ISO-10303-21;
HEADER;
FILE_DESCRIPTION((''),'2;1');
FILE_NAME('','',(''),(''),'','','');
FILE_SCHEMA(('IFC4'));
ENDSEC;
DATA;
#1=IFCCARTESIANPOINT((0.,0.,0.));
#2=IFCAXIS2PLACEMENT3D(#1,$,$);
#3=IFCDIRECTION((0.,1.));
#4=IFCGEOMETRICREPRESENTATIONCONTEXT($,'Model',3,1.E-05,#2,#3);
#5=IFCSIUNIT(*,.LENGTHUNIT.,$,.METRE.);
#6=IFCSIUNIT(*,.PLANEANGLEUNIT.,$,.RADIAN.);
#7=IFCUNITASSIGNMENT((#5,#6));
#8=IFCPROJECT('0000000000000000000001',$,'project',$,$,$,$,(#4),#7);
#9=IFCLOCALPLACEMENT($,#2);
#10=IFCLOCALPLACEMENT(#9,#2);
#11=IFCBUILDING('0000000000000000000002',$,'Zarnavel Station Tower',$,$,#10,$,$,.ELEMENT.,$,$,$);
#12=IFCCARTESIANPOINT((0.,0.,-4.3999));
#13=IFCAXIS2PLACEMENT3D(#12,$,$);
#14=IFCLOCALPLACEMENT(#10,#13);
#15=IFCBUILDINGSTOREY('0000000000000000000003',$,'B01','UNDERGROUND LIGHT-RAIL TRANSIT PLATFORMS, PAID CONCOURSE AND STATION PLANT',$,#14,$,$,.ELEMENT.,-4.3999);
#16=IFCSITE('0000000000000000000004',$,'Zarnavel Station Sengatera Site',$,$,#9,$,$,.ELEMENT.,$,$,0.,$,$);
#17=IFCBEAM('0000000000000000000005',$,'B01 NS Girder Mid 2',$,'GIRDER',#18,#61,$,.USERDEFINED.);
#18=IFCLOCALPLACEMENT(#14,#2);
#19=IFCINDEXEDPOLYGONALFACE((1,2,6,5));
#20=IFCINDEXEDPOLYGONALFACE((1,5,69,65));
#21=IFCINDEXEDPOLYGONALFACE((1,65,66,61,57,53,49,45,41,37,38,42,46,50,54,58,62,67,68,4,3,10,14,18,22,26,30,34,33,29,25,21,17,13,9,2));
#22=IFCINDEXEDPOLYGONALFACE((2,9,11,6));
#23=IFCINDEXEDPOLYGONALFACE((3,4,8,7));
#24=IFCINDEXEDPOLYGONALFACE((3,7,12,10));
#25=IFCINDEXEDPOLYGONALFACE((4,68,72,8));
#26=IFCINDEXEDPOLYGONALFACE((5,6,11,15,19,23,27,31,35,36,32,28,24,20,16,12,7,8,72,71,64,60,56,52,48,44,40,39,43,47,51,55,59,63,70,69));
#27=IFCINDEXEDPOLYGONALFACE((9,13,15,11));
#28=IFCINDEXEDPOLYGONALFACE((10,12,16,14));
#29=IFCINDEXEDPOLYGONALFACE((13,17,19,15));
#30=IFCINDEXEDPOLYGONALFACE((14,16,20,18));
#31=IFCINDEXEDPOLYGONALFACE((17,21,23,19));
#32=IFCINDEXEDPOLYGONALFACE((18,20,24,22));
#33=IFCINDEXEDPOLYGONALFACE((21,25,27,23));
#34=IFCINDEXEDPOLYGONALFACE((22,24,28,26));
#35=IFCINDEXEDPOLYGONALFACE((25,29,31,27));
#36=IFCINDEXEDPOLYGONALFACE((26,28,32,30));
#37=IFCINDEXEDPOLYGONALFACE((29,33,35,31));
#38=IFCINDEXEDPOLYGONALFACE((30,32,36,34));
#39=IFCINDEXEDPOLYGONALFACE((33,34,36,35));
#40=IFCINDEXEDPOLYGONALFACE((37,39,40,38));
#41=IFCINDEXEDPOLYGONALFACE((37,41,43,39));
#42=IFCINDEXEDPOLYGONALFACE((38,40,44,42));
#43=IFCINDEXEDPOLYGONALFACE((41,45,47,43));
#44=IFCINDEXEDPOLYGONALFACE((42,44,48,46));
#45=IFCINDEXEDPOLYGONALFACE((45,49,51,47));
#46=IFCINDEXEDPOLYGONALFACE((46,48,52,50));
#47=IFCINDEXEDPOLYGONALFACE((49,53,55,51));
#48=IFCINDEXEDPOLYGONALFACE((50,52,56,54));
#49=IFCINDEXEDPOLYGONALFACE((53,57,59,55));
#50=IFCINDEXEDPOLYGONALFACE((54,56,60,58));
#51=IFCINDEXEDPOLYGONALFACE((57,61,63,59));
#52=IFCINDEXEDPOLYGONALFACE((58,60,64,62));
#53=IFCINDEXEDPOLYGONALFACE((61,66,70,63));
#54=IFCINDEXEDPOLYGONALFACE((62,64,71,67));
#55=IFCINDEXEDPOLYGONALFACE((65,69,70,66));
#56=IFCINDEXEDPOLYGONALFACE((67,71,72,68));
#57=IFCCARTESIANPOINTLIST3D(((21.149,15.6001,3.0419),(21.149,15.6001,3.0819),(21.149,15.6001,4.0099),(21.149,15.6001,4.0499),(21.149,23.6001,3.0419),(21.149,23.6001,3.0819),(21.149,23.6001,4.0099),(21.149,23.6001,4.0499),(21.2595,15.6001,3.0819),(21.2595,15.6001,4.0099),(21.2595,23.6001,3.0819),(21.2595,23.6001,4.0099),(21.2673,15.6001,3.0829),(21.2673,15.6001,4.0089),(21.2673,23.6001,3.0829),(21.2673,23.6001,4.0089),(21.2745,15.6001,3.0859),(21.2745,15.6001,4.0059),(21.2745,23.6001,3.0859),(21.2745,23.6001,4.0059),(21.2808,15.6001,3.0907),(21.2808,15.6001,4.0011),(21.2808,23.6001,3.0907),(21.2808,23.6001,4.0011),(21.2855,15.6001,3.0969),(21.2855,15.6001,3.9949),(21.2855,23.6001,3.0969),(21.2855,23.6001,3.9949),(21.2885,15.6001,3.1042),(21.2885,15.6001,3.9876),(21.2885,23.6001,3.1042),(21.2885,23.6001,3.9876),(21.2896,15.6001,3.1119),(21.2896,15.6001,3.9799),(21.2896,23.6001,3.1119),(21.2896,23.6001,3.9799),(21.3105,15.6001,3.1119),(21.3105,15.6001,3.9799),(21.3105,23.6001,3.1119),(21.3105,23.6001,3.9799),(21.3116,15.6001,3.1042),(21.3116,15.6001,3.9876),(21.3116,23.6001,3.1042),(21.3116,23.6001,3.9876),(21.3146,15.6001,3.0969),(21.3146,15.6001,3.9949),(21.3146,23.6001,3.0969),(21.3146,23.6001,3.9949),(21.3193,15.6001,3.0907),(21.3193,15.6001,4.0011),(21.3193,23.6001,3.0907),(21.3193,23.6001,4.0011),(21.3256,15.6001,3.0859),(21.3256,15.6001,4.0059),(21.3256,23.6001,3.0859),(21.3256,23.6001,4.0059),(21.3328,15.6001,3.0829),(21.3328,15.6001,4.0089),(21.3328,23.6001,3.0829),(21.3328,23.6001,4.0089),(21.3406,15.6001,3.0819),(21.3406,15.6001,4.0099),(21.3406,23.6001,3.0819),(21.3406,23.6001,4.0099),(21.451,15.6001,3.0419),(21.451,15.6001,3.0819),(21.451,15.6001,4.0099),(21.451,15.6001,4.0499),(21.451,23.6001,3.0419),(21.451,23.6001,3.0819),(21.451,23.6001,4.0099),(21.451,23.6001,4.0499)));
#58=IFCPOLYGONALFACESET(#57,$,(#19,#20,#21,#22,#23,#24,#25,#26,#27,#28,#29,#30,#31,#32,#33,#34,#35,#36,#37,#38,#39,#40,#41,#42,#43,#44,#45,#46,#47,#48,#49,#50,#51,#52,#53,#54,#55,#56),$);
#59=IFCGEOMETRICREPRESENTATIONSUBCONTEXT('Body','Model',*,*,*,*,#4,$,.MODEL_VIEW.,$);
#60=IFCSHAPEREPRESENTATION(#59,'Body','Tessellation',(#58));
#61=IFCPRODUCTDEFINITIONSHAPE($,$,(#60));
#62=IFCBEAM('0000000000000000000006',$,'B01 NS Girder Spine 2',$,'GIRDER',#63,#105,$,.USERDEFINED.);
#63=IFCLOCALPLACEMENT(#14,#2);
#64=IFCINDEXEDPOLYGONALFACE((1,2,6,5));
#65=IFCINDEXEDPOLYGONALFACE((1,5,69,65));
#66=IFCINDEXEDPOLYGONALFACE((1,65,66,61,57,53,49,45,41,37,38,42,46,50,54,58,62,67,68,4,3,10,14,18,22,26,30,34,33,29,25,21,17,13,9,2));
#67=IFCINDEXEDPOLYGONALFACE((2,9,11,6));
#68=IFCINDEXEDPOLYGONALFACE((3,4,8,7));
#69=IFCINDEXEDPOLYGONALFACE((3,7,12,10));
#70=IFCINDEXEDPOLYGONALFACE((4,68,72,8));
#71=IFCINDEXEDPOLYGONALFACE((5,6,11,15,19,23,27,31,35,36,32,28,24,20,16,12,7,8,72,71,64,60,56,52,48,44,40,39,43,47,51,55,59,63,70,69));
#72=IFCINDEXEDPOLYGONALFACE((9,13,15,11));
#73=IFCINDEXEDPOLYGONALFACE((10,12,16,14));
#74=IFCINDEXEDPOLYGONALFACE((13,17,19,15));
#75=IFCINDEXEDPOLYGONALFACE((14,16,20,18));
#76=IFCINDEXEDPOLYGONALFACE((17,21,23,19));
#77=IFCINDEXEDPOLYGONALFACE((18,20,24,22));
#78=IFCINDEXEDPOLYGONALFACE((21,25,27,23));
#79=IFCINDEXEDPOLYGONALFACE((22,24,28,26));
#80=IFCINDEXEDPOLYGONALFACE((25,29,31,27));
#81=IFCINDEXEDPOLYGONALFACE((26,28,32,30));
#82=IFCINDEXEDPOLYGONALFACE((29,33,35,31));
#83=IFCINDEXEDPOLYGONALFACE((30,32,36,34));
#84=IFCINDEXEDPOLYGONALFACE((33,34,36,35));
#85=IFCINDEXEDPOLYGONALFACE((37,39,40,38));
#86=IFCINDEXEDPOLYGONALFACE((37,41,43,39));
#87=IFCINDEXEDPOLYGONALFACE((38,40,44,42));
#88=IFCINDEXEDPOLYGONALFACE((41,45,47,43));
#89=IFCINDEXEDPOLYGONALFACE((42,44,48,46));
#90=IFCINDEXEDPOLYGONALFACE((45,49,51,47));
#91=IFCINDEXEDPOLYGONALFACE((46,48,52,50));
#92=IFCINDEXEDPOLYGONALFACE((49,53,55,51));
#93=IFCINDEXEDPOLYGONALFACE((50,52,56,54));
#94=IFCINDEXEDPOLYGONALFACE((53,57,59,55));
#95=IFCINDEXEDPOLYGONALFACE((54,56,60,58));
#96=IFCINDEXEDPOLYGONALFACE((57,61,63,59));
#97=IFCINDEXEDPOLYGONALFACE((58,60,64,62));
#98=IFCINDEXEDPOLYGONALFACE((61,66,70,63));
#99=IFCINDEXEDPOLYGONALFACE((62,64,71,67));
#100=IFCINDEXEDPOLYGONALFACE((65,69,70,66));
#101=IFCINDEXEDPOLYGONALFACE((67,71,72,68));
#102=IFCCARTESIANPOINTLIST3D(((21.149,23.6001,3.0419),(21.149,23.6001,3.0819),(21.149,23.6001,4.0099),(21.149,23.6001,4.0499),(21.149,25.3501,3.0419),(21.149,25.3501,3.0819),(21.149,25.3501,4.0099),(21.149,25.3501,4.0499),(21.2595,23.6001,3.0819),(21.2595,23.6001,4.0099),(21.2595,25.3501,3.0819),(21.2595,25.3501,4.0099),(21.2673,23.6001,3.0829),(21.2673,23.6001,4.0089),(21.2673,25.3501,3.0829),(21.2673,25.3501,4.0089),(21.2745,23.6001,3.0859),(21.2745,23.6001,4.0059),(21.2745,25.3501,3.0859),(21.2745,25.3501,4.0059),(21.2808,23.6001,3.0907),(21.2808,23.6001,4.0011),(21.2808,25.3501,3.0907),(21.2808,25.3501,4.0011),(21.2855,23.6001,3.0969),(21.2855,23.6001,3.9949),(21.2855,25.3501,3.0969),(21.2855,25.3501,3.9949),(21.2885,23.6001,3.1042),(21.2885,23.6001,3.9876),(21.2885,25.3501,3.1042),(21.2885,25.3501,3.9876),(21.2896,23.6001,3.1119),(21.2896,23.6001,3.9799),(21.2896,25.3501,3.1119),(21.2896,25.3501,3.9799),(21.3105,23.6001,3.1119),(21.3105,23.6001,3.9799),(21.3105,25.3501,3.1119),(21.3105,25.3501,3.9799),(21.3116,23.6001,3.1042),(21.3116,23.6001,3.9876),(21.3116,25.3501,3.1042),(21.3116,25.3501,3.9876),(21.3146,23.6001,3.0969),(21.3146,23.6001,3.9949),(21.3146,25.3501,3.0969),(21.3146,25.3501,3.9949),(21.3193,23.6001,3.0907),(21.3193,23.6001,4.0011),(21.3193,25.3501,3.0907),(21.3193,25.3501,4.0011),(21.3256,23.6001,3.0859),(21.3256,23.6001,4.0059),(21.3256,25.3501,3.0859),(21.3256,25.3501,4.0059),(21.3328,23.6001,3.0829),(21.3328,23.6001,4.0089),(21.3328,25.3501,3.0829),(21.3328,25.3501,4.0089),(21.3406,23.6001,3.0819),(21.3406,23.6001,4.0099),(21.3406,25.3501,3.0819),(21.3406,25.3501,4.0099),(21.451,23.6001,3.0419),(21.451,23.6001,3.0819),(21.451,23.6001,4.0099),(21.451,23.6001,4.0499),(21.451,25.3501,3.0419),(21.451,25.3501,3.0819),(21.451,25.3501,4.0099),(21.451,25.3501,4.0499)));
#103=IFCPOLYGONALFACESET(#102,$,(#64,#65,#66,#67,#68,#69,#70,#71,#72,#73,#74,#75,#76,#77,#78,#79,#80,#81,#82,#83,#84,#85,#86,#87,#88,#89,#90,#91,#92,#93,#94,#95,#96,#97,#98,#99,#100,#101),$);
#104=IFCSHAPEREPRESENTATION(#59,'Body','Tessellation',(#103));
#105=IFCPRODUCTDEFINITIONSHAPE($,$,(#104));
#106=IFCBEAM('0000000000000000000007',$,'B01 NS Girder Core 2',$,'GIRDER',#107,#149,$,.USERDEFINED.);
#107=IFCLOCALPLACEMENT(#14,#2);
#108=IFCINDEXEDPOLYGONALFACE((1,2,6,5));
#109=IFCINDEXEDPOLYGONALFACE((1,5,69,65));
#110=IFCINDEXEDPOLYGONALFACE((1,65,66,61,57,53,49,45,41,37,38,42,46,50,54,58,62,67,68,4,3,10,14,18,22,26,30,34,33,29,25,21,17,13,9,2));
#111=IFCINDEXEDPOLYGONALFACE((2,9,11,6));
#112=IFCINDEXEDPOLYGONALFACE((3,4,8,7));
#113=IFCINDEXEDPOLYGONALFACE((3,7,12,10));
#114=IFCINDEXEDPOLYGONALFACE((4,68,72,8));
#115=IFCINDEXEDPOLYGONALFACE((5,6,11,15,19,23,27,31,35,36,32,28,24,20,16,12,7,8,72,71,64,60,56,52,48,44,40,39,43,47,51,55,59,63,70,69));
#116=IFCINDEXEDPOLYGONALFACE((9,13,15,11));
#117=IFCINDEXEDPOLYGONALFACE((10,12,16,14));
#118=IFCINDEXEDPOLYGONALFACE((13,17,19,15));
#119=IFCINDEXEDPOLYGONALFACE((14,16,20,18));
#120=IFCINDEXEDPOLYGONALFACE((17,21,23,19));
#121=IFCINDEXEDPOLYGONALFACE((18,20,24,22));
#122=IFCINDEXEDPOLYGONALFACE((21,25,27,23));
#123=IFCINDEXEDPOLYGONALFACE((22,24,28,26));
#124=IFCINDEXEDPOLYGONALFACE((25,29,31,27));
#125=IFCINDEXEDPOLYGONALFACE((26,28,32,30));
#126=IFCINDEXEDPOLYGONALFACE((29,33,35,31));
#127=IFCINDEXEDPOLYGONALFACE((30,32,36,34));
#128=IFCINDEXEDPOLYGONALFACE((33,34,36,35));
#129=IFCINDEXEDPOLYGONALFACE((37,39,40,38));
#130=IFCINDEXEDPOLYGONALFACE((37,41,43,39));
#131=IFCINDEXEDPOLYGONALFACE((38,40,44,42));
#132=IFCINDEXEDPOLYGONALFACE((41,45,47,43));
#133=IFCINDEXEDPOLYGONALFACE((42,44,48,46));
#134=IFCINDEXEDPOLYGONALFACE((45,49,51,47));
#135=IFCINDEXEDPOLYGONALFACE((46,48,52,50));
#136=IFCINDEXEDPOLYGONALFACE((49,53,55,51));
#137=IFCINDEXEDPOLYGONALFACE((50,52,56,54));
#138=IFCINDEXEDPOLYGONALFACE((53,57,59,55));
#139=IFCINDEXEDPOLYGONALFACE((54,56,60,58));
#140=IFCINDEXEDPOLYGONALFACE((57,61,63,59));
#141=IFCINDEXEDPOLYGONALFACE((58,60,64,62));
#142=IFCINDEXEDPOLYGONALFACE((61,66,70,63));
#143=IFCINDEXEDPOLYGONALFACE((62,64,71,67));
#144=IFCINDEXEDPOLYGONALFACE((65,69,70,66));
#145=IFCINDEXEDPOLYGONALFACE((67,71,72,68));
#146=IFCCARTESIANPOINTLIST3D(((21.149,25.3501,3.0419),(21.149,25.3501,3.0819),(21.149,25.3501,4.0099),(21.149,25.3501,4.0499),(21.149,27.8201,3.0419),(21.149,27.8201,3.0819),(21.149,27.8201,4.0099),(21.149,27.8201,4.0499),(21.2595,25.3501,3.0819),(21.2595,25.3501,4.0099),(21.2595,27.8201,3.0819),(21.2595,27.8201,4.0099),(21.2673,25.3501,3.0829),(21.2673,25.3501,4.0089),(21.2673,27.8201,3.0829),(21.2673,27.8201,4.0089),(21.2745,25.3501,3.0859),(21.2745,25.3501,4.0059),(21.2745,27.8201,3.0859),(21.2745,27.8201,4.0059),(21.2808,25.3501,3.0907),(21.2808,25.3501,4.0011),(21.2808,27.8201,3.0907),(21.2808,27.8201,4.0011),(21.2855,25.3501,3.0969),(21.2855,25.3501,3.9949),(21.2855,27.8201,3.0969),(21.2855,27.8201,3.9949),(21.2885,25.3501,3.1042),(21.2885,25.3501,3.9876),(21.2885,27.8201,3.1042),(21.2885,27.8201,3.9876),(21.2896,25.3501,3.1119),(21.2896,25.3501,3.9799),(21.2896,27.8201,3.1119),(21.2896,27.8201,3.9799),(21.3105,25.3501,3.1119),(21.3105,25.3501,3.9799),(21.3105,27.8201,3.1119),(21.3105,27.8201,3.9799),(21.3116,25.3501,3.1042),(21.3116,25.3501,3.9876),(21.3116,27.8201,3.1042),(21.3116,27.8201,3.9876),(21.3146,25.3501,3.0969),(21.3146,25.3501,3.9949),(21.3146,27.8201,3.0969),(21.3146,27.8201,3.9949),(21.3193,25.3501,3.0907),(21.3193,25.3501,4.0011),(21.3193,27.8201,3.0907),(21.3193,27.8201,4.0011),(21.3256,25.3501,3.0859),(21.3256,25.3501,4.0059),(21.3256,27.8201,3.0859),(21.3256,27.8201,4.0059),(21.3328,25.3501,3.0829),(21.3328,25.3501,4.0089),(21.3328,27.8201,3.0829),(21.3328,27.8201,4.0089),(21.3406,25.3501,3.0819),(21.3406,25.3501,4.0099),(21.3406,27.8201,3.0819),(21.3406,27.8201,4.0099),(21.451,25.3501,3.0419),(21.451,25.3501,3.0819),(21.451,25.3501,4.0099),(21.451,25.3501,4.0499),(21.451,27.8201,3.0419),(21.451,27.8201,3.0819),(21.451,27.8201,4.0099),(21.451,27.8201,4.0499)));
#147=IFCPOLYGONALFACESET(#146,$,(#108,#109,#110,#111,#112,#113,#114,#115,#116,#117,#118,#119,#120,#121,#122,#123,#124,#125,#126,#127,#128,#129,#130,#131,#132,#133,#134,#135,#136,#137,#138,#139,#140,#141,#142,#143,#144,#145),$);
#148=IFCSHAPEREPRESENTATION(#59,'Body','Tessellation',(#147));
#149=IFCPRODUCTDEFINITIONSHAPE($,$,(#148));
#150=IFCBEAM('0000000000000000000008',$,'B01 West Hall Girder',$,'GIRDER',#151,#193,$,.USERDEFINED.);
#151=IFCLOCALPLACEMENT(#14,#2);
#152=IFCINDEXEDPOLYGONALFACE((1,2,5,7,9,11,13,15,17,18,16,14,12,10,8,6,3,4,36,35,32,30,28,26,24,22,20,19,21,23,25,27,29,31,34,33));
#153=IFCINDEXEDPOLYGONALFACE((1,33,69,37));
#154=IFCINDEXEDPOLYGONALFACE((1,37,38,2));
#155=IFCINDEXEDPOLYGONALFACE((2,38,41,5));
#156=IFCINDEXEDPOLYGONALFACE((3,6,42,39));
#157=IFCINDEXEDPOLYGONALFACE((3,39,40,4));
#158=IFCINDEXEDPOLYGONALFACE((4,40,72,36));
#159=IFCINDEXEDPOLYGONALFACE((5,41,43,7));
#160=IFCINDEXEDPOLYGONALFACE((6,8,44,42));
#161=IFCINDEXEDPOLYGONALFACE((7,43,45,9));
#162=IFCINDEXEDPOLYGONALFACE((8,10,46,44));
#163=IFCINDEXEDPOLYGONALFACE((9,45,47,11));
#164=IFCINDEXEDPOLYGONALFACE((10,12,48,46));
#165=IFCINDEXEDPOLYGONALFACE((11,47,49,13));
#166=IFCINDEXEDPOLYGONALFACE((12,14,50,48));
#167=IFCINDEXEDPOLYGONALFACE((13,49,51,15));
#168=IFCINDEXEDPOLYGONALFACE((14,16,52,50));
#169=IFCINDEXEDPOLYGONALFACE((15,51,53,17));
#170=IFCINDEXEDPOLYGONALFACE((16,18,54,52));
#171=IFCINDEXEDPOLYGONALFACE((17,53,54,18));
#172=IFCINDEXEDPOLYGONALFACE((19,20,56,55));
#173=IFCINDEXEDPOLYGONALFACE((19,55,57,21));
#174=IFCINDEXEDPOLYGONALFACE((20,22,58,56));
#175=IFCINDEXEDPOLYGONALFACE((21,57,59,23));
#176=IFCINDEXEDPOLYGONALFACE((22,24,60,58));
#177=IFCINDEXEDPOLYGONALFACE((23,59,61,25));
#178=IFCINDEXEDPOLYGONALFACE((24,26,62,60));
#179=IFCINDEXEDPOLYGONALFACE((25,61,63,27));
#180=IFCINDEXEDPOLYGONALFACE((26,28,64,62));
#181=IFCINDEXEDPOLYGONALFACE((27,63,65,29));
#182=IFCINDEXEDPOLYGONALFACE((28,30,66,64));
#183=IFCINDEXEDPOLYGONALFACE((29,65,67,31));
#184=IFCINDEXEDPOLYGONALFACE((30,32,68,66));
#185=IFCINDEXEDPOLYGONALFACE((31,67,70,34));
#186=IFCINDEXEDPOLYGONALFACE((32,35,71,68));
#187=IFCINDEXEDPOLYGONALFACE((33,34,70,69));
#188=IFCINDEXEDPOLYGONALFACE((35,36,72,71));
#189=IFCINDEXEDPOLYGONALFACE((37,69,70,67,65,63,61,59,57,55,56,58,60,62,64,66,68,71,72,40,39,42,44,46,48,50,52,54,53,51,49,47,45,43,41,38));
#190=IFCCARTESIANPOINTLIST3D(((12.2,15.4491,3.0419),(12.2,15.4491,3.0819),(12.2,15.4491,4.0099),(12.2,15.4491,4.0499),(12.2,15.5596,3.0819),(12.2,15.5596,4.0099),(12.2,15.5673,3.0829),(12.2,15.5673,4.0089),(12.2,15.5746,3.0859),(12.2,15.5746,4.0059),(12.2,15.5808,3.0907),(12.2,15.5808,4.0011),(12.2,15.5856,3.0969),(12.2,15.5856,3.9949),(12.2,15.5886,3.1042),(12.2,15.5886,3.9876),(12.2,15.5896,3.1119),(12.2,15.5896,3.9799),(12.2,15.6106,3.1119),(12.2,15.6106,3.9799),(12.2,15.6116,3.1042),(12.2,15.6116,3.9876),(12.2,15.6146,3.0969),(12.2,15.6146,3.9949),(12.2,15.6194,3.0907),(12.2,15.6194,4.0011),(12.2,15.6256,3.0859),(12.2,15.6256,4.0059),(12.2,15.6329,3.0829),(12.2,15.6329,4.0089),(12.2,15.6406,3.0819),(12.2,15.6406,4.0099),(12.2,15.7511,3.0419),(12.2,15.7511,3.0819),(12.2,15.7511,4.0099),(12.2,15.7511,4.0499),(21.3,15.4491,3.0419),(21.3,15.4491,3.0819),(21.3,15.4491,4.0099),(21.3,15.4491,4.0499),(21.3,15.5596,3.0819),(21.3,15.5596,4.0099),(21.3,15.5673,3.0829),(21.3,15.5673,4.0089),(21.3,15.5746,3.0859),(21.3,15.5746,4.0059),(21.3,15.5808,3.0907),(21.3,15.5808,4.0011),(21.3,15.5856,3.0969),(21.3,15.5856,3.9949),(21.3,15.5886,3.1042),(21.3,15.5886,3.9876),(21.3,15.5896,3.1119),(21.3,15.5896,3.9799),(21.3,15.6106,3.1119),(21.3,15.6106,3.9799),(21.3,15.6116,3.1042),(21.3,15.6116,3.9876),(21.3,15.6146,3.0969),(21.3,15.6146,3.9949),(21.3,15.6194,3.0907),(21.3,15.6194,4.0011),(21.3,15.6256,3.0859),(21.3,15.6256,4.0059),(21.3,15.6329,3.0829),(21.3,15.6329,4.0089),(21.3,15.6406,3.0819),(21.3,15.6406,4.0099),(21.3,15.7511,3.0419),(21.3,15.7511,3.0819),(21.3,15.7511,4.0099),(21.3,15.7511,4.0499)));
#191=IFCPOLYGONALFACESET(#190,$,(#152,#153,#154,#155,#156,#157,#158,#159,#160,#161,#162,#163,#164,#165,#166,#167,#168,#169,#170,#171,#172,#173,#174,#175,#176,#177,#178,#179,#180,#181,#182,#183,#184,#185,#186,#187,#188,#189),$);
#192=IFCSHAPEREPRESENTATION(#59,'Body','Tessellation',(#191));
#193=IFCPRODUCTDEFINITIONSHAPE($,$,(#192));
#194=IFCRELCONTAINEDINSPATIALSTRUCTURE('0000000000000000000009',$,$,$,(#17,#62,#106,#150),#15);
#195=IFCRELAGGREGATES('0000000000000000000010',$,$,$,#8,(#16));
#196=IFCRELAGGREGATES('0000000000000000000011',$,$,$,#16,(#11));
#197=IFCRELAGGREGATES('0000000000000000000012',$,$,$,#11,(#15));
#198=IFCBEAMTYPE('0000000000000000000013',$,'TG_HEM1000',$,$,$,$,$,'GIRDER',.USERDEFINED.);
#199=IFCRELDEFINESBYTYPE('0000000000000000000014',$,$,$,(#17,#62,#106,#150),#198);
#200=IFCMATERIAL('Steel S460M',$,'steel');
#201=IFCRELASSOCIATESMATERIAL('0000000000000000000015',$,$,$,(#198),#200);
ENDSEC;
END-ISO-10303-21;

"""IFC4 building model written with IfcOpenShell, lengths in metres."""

from ifc_helpers import new_model, si_unit, direction, frame, origin, origin_2d, place, context, subcontext, project, spatial, i_section, extrude, material, material_profile, profile_set, type_object, element, save


model = new_model("IFC4")

# Units and contexts
model_context = context("Model", 3, precision=1e-05, world=origin(), true_north=direction((0.0, 1.0)))
body_context = subcontext(model_context, "Body", "Model", "MODEL_VIEW")
ifc_project = project(units=[si_unit("LENGTHUNIT", "METRE"), si_unit("PLANEANGLEUNIT", "RADIAN")], contexts=[model_context])

# Site, building, storey
site_placement = place(None, origin())
site = spatial("IfcSite", under=ifc_project, at=site_placement, Name="Zarnavel Station Sengatera Site", CompositionType="ELEMENT", RefElevation=0.0)
building_placement = place(site_placement, origin())
building = spatial("IfcBuilding", under=site, at=building_placement, Name="Zarnavel Station Tower", CompositionType="ELEMENT")
storey_placement = place(building_placement, frame((0.0, 0.0, -4.3999)))
storey = spatial("IfcBuildingStorey", under=building, at=storey_placement, Name="B01", Description="UNDERGROUND LIGHT-RAIL TRANSIT PLATFORMS, PAID CONCOURSE AND STATION PLANT", CompositionType="ELEMENT", Elevation=-4.3999)

# Beams
ifc_material_1 = material(Name="Steel S460M", Category="steel")
ifc_material_profile_1 = material_profile(ifc_material_1, i_section(OverallWidth=0.302, OverallDepth=1.0081, WebThickness=0.021, FlangeThickness=0.04, FilletRadius=0.03, at=origin_2d()), Name="HEM1000")
ifc_profile_set_1 = profile_set([ifc_material_profile_1], Name="Steel S460M")
beam_type_1 = type_object("IfcBeamType", Name="TG_HEM1000", ElementType="GIRDER", PredefinedType="USERDEFINED", material=ifc_profile_set_1)
beam_1_placement = place(storey_placement, frame((21.3, 15.6001, 3.5459), z_axis=(0.0, 1.0, 0.0), x_axis=(-1.0, 0.0, 0.0)))
element("IfcBeam", 1, at=beam_1_placement, inside=storey, type_object=beam_type_1, Name="B01 NS Girder Mid 2", ObjectType="GIRDER", PredefinedType="USERDEFINED", context=body_context, shape_type="SweptSolid", body=[
    extrude(i_section(OverallWidth=0.302, OverallDepth=1.0081, WebThickness=0.021, FlangeThickness=0.04, FilletRadius=0.03, at=origin_2d()), origin(), (0.0, 0.0, 1.0), 8.0),
])
beam_2_placement = place(storey_placement, frame((21.3, 23.6001, 3.5459), z_axis=(0.0, 1.0, 0.0), x_axis=(-1.0, 0.0, 0.0)))
element("IfcBeam", 2, at=beam_2_placement, inside=storey, type_object=beam_type_1, Name="B01 NS Girder Spine 2", ObjectType="GIRDER", PredefinedType="USERDEFINED", context=body_context, shape_type="SweptSolid", body=[
    extrude(i_section(OverallWidth=0.302, OverallDepth=1.0081, WebThickness=0.021, FlangeThickness=0.04, FilletRadius=0.03, at=origin_2d()), origin(), (0.0, 0.0, 1.0), 1.75),
])
beam_3_placement = place(storey_placement, frame((21.3, 25.3501, 3.5459), z_axis=(0.0, 1.0, 0.0), x_axis=(-1.0, 0.0, 0.0)))
element("IfcBeam", 3, at=beam_3_placement, inside=storey, type_object=beam_type_1, Name="B01 NS Girder Core 2", ObjectType="GIRDER", PredefinedType="USERDEFINED", context=body_context, shape_type="SweptSolid", body=[
    extrude(i_section(OverallWidth=0.302, OverallDepth=1.0081, WebThickness=0.021, FlangeThickness=0.04, FilletRadius=0.03, at=origin_2d()), origin(), (0.0, 0.0, 1.0), 2.47),
])
beam_4_placement = place(storey_placement, frame((12.2, 15.6001, 3.5459), z_axis=(1.0, 0.0, 0.0), x_axis=(0.0, 1.0, 0.0)))
element("IfcBeam", 4, at=beam_4_placement, inside=storey, type_object=beam_type_1, Name="B01 West Hall Girder", ObjectType="GIRDER", PredefinedType="USERDEFINED", context=body_context, shape_type="SweptSolid", body=[
    extrude(i_section(OverallWidth=0.302, OverallDepth=1.0081, WebThickness=0.021, FlangeThickness=0.04, FilletRadius=0.03, at=origin_2d()), origin(), (0.0, 0.0, 1.0), 9.1001),
])

save(model, "model.ifc")
